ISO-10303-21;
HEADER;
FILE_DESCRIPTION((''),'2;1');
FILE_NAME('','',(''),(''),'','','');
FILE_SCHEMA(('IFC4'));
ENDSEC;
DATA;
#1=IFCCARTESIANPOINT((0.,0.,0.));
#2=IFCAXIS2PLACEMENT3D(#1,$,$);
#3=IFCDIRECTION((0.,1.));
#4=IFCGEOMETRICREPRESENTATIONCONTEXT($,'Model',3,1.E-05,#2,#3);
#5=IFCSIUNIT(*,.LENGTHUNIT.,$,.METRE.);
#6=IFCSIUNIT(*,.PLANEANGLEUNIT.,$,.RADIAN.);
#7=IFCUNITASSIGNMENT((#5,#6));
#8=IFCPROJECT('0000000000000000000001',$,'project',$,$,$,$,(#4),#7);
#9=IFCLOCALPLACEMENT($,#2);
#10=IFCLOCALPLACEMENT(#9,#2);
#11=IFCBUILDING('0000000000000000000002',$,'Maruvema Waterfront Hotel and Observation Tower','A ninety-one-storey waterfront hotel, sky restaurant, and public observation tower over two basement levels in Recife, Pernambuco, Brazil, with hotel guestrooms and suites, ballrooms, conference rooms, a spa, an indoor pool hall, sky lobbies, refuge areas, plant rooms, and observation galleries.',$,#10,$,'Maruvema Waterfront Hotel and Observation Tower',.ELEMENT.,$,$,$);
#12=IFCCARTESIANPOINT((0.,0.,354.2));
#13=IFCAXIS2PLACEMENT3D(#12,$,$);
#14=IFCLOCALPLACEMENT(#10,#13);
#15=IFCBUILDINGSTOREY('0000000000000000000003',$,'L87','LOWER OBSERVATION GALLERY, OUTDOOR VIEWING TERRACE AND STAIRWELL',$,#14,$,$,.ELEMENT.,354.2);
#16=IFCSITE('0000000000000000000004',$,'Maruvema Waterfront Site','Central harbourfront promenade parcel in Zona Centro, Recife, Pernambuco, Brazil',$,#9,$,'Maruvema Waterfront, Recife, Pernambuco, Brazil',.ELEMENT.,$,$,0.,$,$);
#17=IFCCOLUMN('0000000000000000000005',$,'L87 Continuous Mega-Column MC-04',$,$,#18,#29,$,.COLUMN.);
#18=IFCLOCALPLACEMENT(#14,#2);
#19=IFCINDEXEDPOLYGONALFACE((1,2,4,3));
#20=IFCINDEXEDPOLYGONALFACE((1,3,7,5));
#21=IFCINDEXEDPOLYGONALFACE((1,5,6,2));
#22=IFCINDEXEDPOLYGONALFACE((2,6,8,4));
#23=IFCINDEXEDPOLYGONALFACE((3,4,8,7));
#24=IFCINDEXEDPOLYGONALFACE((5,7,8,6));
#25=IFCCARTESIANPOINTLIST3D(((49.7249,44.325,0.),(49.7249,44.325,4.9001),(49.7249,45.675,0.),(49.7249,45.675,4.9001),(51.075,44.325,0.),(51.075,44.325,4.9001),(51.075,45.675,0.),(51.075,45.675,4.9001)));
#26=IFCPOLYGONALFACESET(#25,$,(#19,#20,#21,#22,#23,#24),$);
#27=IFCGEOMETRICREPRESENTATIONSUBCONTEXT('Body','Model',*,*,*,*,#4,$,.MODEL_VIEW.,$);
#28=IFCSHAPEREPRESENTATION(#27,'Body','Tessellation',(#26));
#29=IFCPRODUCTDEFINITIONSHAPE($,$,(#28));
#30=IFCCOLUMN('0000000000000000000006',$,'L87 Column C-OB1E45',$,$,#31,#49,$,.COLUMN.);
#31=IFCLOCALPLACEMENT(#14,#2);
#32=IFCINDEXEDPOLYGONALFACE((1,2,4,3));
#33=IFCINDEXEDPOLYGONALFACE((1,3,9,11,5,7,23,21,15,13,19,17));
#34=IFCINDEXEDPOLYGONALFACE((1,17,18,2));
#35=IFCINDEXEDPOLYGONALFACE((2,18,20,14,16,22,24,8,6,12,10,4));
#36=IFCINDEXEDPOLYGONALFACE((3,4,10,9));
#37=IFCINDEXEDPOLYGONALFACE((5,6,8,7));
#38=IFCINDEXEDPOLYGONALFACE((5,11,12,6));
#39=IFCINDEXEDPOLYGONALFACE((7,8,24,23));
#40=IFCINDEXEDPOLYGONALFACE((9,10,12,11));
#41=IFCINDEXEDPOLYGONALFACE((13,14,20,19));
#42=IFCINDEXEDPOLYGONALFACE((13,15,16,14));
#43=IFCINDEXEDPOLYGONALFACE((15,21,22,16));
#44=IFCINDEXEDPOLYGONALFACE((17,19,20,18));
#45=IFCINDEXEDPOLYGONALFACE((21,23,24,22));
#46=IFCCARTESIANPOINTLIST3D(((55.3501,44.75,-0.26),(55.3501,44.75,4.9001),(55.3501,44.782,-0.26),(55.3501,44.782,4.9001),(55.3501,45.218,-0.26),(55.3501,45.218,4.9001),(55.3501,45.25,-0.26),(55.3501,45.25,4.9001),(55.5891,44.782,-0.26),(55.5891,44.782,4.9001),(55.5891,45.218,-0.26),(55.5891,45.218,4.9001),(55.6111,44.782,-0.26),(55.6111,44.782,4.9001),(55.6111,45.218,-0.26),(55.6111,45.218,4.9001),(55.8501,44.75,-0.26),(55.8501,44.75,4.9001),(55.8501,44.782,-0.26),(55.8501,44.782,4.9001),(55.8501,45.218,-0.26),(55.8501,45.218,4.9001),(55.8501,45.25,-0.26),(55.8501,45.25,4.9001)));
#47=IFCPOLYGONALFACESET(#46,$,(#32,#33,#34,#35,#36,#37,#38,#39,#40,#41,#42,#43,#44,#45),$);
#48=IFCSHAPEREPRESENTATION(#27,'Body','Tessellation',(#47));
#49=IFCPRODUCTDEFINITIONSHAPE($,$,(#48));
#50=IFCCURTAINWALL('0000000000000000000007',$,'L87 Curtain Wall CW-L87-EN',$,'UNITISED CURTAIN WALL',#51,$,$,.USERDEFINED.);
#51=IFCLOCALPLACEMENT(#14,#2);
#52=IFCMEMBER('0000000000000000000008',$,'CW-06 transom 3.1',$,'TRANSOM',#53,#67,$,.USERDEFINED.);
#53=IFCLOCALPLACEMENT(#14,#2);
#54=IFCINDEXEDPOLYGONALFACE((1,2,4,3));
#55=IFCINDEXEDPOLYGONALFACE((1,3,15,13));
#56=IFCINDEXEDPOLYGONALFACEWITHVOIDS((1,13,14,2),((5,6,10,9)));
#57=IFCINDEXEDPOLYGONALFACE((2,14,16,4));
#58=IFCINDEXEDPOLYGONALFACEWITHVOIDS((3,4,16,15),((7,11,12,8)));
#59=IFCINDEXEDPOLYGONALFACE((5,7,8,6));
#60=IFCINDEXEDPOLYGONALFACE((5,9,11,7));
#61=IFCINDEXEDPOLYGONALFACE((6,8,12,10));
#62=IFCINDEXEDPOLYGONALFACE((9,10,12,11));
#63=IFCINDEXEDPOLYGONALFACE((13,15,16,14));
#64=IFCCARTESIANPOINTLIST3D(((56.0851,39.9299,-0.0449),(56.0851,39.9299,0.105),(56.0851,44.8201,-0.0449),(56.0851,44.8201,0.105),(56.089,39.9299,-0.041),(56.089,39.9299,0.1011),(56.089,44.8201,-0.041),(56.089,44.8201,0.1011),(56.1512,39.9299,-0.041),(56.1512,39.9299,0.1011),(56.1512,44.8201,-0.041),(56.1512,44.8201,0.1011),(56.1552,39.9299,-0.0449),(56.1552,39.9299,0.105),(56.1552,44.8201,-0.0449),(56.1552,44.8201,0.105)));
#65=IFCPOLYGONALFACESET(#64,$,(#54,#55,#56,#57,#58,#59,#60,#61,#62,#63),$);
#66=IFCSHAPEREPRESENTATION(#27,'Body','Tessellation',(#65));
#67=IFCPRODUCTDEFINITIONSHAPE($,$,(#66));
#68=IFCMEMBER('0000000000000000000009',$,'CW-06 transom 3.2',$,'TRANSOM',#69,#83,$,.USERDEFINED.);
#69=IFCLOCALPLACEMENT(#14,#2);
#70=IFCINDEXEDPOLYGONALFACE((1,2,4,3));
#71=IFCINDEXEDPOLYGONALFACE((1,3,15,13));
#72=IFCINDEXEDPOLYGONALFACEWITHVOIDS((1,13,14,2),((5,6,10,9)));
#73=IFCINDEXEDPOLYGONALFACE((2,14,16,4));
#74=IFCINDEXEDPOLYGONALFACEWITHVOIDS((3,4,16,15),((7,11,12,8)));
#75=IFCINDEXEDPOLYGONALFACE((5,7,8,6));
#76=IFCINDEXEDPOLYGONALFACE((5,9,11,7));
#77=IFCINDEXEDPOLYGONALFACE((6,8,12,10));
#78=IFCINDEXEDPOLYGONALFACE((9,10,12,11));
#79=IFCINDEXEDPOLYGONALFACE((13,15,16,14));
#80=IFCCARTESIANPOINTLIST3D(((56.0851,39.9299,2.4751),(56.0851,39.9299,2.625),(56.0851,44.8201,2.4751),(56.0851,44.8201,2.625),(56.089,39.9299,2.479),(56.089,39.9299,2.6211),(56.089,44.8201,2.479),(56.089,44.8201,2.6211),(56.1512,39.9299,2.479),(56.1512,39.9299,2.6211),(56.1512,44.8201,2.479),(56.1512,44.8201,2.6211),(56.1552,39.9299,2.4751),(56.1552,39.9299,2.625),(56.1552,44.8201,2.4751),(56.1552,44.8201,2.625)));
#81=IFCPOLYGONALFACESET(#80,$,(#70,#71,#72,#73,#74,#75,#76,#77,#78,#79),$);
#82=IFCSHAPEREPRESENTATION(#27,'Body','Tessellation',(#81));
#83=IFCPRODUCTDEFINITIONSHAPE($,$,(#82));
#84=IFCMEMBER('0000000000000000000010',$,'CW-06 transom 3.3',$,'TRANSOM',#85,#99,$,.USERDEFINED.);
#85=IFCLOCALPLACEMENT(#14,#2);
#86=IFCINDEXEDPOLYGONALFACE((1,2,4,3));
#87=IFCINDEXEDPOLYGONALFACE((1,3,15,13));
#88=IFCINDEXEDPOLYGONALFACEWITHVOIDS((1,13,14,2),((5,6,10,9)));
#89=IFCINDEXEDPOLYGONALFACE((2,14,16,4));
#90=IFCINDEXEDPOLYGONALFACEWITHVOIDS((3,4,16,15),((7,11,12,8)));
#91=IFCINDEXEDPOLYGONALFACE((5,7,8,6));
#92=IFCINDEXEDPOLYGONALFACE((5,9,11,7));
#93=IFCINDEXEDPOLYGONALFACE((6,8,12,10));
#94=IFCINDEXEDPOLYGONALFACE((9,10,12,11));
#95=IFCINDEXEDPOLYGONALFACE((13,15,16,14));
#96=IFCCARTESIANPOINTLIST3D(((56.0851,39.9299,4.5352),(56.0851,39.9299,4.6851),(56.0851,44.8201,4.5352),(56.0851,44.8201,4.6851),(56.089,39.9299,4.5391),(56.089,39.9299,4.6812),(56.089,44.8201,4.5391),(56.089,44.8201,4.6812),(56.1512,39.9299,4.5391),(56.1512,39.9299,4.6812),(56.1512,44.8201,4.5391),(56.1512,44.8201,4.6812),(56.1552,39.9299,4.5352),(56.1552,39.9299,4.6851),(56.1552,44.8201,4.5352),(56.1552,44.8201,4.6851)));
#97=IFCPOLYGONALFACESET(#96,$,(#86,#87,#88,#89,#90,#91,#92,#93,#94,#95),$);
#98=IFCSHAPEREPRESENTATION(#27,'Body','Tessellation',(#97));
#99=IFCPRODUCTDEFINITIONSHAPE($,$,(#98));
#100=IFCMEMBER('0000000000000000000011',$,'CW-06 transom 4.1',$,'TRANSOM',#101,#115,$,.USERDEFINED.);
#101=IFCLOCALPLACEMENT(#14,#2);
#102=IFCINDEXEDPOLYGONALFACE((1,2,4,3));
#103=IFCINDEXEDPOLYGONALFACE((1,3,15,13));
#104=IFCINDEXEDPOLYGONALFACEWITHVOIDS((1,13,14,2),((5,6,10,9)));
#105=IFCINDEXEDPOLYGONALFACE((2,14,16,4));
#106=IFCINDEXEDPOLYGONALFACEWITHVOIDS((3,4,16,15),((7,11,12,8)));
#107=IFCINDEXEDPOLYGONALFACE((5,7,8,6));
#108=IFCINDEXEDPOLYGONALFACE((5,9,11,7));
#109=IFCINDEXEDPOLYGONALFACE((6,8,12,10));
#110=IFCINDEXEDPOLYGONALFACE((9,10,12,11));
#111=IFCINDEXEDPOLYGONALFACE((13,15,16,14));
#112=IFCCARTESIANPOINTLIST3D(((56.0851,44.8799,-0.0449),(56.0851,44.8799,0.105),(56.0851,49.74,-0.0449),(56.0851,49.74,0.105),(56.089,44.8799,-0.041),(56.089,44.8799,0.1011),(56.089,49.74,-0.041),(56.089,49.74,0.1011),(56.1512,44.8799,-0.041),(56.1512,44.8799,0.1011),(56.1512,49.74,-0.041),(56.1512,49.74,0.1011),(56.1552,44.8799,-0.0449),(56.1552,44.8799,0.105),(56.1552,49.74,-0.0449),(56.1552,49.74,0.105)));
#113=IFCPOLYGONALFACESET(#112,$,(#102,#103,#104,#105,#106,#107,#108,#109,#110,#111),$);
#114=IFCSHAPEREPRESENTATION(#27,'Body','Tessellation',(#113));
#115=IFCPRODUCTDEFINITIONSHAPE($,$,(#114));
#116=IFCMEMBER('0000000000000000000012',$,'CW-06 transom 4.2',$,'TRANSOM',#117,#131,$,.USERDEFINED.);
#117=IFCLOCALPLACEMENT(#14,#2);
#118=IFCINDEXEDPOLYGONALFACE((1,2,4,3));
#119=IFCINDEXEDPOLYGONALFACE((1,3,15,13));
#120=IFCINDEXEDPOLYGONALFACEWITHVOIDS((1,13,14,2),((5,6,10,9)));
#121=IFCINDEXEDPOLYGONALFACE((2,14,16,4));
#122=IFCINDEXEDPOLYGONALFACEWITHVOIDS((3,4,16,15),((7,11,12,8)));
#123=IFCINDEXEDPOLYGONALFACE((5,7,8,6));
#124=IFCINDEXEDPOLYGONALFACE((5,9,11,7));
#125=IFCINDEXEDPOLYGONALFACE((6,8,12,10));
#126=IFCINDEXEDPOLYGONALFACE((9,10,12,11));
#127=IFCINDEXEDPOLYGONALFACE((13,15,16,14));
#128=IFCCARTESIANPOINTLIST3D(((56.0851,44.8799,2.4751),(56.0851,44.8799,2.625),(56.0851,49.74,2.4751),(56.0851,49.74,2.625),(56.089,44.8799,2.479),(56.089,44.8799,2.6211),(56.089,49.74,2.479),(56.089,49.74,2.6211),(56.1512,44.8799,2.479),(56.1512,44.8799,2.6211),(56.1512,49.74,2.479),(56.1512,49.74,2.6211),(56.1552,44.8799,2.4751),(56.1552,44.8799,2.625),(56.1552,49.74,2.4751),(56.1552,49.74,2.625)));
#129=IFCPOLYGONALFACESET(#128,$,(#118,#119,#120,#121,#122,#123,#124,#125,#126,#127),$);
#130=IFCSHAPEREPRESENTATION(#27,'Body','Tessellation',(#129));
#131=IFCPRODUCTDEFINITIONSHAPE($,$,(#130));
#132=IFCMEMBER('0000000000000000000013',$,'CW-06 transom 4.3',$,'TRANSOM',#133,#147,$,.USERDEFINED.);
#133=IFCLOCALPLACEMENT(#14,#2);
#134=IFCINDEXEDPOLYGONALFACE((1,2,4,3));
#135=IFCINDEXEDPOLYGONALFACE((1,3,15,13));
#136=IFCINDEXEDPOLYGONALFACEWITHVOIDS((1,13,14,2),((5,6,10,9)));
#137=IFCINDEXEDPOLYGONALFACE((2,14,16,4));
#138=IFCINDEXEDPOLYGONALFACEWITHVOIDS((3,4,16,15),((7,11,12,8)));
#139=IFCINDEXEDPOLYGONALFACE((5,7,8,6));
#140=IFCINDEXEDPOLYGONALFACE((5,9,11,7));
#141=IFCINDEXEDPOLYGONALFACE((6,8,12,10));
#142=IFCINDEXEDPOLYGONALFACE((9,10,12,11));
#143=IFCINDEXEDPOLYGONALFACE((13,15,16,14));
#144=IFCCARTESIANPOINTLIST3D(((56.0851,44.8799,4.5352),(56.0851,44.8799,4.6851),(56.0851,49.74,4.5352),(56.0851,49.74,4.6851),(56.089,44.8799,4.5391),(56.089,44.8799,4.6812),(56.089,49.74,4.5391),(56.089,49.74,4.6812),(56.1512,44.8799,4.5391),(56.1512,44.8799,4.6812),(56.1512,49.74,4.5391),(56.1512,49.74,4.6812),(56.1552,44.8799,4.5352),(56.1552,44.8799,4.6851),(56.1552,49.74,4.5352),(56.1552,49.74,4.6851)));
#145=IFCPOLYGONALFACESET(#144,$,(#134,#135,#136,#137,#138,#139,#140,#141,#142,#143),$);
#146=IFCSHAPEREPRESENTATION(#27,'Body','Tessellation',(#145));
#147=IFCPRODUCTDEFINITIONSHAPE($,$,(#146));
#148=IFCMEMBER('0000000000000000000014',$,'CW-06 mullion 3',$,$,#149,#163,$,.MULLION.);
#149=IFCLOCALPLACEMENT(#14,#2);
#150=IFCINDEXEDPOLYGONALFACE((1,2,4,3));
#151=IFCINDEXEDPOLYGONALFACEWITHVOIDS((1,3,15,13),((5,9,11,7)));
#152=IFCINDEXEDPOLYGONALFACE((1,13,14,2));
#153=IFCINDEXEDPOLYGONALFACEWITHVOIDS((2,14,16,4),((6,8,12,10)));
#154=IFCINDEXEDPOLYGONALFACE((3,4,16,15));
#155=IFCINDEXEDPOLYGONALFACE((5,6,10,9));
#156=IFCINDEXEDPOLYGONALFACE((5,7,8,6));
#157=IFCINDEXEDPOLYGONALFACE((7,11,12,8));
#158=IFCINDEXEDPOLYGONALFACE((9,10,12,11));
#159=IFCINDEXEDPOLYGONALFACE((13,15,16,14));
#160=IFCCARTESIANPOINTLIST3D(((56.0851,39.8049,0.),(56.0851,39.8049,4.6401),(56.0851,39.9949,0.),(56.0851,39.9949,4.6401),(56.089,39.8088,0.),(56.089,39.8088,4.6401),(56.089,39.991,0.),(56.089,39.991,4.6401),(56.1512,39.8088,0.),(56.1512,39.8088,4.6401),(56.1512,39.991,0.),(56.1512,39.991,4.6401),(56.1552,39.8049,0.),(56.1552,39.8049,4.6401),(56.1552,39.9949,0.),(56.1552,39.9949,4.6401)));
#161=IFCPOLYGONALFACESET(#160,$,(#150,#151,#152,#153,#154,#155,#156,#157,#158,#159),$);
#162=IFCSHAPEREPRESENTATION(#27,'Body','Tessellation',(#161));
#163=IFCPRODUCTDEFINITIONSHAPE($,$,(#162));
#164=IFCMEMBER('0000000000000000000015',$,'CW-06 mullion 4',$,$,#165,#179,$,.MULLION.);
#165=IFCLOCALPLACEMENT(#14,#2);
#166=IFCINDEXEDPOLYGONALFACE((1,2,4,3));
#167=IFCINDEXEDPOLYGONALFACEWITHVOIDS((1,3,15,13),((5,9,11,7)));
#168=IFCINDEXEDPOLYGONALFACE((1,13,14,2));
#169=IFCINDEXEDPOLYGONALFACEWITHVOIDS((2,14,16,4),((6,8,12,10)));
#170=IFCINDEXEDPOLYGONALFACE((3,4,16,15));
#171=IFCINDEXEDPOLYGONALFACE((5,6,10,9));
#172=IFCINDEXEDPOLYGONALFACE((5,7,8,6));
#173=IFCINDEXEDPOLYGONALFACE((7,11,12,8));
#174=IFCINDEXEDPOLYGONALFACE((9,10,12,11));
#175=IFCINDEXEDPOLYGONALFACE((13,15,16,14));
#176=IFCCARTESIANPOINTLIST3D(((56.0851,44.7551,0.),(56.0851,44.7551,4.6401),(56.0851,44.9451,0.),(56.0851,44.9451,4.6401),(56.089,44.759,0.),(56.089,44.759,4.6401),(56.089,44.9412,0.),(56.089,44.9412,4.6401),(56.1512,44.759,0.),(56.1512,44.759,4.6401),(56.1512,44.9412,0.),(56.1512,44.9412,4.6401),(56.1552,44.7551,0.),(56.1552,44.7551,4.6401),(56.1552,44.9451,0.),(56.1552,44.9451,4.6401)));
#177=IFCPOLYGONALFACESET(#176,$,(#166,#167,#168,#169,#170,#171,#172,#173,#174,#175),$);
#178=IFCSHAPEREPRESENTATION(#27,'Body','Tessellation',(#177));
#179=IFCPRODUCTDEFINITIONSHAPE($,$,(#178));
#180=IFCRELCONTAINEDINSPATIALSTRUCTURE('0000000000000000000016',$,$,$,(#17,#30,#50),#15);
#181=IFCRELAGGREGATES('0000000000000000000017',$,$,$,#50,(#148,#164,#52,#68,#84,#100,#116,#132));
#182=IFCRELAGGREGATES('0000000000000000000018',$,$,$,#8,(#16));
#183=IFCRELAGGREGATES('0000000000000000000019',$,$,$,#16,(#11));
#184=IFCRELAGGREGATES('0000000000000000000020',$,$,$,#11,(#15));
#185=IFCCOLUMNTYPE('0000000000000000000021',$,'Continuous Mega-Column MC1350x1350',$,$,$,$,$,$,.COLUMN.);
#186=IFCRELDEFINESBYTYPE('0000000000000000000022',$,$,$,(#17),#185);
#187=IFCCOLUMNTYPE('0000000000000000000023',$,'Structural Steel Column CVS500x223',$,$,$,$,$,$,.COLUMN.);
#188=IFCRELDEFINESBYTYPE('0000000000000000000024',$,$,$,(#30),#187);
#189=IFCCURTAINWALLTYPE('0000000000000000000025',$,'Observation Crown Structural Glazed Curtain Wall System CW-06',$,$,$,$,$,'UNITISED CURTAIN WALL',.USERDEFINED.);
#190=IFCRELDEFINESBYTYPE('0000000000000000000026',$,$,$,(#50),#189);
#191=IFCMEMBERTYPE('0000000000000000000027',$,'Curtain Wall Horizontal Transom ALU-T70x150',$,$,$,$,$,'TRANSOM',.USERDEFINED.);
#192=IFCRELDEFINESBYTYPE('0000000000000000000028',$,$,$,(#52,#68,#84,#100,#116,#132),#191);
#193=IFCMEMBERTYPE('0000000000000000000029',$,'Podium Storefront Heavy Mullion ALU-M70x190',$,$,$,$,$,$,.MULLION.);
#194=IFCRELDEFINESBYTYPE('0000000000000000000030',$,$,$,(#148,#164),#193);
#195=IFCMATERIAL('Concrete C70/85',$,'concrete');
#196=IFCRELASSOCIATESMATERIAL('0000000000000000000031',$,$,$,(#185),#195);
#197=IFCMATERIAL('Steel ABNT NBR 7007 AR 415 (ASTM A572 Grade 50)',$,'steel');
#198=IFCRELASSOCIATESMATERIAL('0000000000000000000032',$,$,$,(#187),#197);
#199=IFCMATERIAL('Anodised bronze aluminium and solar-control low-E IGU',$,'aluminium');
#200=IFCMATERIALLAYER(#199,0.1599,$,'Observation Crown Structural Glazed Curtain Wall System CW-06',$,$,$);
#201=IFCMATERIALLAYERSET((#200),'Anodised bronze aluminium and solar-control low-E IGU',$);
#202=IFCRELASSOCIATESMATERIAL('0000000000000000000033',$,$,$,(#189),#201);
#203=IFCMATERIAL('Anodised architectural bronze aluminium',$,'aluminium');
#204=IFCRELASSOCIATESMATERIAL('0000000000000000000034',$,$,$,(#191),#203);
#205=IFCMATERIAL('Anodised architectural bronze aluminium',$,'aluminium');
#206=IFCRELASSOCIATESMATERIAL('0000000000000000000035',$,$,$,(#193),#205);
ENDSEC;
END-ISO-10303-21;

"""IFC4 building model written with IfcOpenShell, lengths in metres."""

from ifc_helpers import new_model, si_unit, direction, frame, origin, origin_2d, place, context, subcontext, project, spatial, rectangle, hollow_rectangle, i_section, extrude, material, layer, layer_set, material_profile, profile_set, type_object, element, aggregate, save


model = new_model("IFC4")

# Units and contexts
model_context = context("Model", 3, precision=1e-05, world=origin(), true_north=direction((0.0, 1.0)))
body_context = subcontext(model_context, "Body", "Model", "MODEL_VIEW")
ifc_project = project(units=[si_unit("LENGTHUNIT", "METRE"), si_unit("PLANEANGLEUNIT", "RADIAN")], contexts=[model_context])

# Site, building, storey
site_placement = place(None, origin())
site = spatial("IfcSite", under=ifc_project, at=site_placement, Name="Maruvema Waterfront Site", Description="Central harbourfront promenade parcel in Zona Centro, Recife, Pernambuco, Brazil", LongName="Maruvema Waterfront, Recife, Pernambuco, Brazil", CompositionType="ELEMENT", RefElevation=0.0)
building_placement = place(site_placement, origin())
building = spatial("IfcBuilding", under=site, at=building_placement, Name="Maruvema Waterfront Hotel and Observation Tower", Description="A ninety-one-storey waterfront hotel, sky restaurant, and public observation tower over two basement levels in Recife, Pernambuco, Brazil, with hotel guestrooms and suites, ballrooms, conference rooms, a spa, an indoor pool hall, sky lobbies, refuge areas, plant rooms, and observation galleries.", LongName="Maruvema Waterfront Hotel and Observation Tower", CompositionType="ELEMENT")
storey_placement = place(building_placement, frame((0.0, 0.0, 354.2)))
storey = spatial("IfcBuildingStorey", under=building, at=storey_placement, Name="L87", Description="LOWER OBSERVATION GALLERY, OUTDOOR VIEWING TERRACE AND STAIRWELL", CompositionType="ELEMENT", Elevation=354.2)

# Columns
ifc_material_1 = material(Name="Concrete C70/85", Category="concrete")
ifc_material_profile_1 = material_profile(ifc_material_1, rectangle(XDim=1.3501, YDim=1.3501, at=origin_2d()), Name="MC1350x1350")
ifc_profile_set_1 = profile_set([ifc_material_profile_1], Name="Concrete C70/85")
column_type_1 = type_object("IfcColumnType", Name="Continuous Mega-Column MC1350x1350", PredefinedType="COLUMN", material=ifc_profile_set_1)
column_1_placement = place(storey_placement, frame((50.3999, 45.0, 0.0), z_axis=(0.0, 0.0, 1.0), x_axis=(1.0, 0.0, 0.0)))
element("IfcColumn", 1, at=column_1_placement, inside=storey, type_object=column_type_1, Name="L87 Continuous Mega-Column MC-04", PredefinedType="COLUMN", context=body_context, shape_type="SweptSolid", body=[
    extrude(rectangle(XDim=1.3501, YDim=1.3501, at=origin_2d()), origin(), (0.0, 0.0, 1.0), 4.9001),
])
ifc_material_2 = material(Name="Steel ABNT NBR 7007 AR 415 (ASTM A572 Grade 50)", Category="steel")
ifc_material_profile_2 = material_profile(ifc_material_2, i_section(OverallWidth=0.5, OverallDepth=0.5, WebThickness=0.022, FlangeThickness=0.032, at=origin_2d()), Name="CVS500x223")
ifc_profile_set_2 = profile_set([ifc_material_profile_2], Name="Steel ABNT NBR 7007 AR 415 (ASTM A572 Grade 50)")
column_type_2 = type_object("IfcColumnType", Name="Structural Steel Column CVS500x223", PredefinedType="COLUMN", material=ifc_profile_set_2)
column_2_placement = place(storey_placement, frame((55.6001, 45.0, -0.26), z_axis=(0.0, 0.0, 1.0), x_axis=(1.0, 0.0, 0.0)))
element("IfcColumn", 2, at=column_2_placement, inside=storey, type_object=column_type_2, Name="L87 Column C-OB1E45", PredefinedType="COLUMN", context=body_context, shape_type="SweptSolid", body=[
    extrude(i_section(OverallWidth=0.5, OverallDepth=0.5, WebThickness=0.022, FlangeThickness=0.032, at=origin_2d()), origin(), (0.0, 0.0, 1.0), 5.1602),
])

# Curtain wall, members
ifc_material_3 = material(Name="Anodised bronze aluminium and solar-control low-E IGU", Category="aluminium")
ifc_layer_1 = layer(ifc_material_3, 0.1599, Name="Observation Crown Structural Glazed Curtain Wall System CW-06")
ifc_layer_set_1 = layer_set([ifc_layer_1], Name="Anodised bronze aluminium and solar-control low-E IGU")
curtain_wall_type = type_object("IfcCurtainWallType", Name="Observation Crown Structural Glazed Curtain Wall System CW-06", ElementType="UNITISED CURTAIN WALL", PredefinedType="USERDEFINED", material=ifc_layer_set_1)
curtain_wall_placement = place(storey_placement, origin())
curtain_wall = element("IfcCurtainWall", 3, at=curtain_wall_placement, inside=storey, type_object=curtain_wall_type, Name="L87 Curtain Wall CW-L87-EN", ObjectType="UNITISED CURTAIN WALL", PredefinedType="USERDEFINED")
ifc_material_4 = material(Name="Anodised architectural bronze aluminium", Category="aluminium")
ifc_material_profile_3 = material_profile(ifc_material_4, hollow_rectangle(XDim=0.0701, YDim=0.1499, WallThickness=0.0039, at=origin_2d()), Name="ALU-T70x150")
ifc_profile_set_3 = profile_set([ifc_material_profile_3], Name="Anodised architectural bronze aluminium")
member_type_1 = type_object("IfcMemberType", Name="Curtain Wall Horizontal Transom ALU-T70x150", ElementType="TRANSOM", PredefinedType="USERDEFINED", material=ifc_profile_set_3)
member_1_placement = place(storey_placement, frame((56.1201, 39.9299, 0.03), z_axis=(0.0, 1.0, 0.0), x_axis=(-1.0, 0.0, 0.0)))
member_1 = element("IfcMember", 4, at=member_1_placement, type_object=member_type_1, Name="CW-06 transom 3.1", ObjectType="TRANSOM", PredefinedType="USERDEFINED", context=body_context, shape_type="SweptSolid", body=[
    extrude(hollow_rectangle(XDim=0.0701, YDim=0.1499, WallThickness=0.0039, at=origin_2d()), origin(), (0.0, 0.0, 1.0), 4.8901),
])
member_2_placement = place(storey_placement, frame((56.1201, 39.9299, 2.55), z_axis=(0.0, 1.0, 0.0), x_axis=(-1.0, 0.0, 0.0)))
member_2 = element("IfcMember", 5, at=member_2_placement, type_object=member_type_1, Name="CW-06 transom 3.2", ObjectType="TRANSOM", PredefinedType="USERDEFINED", context=body_context, shape_type="SweptSolid", body=[
    extrude(hollow_rectangle(XDim=0.0701, YDim=0.1499, WallThickness=0.0039, at=origin_2d()), origin(), (0.0, 0.0, 1.0), 4.8901),
])
member_3_placement = place(storey_placement, frame((56.1201, 39.9299, 4.6101), z_axis=(0.0, 1.0, 0.0), x_axis=(-1.0, 0.0, 0.0)))
member_3 = element("IfcMember", 6, at=member_3_placement, type_object=member_type_1, Name="CW-06 transom 3.3", ObjectType="TRANSOM", PredefinedType="USERDEFINED", context=body_context, shape_type="SweptSolid", body=[
    extrude(hollow_rectangle(XDim=0.0701, YDim=0.1499, WallThickness=0.0039, at=origin_2d()), origin(), (0.0, 0.0, 1.0), 4.8901),
])
member_4_placement = place(storey_placement, frame((56.1201, 44.8799, 0.03), z_axis=(0.0, 1.0, 0.0), x_axis=(-1.0, 0.0, 0.0)))
member_4 = element("IfcMember", 7, at=member_4_placement, type_object=member_type_1, Name="CW-06 transom 4.1", ObjectType="TRANSOM", PredefinedType="USERDEFINED", context=body_context, shape_type="SweptSolid", body=[
    extrude(hollow_rectangle(XDim=0.0701, YDim=0.1499, WallThickness=0.0039, at=origin_2d()), origin(), (0.0, 0.0, 1.0), 4.8601),
])
member_5_placement = place(storey_placement, frame((56.1201, 44.8799, 2.55), z_axis=(0.0, 1.0, 0.0), x_axis=(-1.0, 0.0, 0.0)))
member_5 = element("IfcMember", 8, at=member_5_placement, type_object=member_type_1, Name="CW-06 transom 4.2", ObjectType="TRANSOM", PredefinedType="USERDEFINED", context=body_context, shape_type="SweptSolid", body=[
    extrude(hollow_rectangle(XDim=0.0701, YDim=0.1499, WallThickness=0.0039, at=origin_2d()), origin(), (0.0, 0.0, 1.0), 4.8601),
])
member_6_placement = place(storey_placement, frame((56.1201, 44.8799, 4.6101), z_axis=(0.0, 1.0, 0.0), x_axis=(-1.0, 0.0, 0.0)))
member_6 = element("IfcMember", 9, at=member_6_placement, type_object=member_type_1, Name="CW-06 transom 4.3", ObjectType="TRANSOM", PredefinedType="USERDEFINED", context=body_context, shape_type="SweptSolid", body=[
    extrude(hollow_rectangle(XDim=0.0701, YDim=0.1499, WallThickness=0.0039, at=origin_2d()), origin(), (0.0, 0.0, 1.0), 4.8601),
])
ifc_material_5 = material(Name="Anodised architectural bronze aluminium", Category="aluminium")
ifc_material_profile_4 = material_profile(ifc_material_5, hollow_rectangle(XDim=0.0701, YDim=0.1899, WallThickness=0.0039, at=origin_2d()), Name="ALU-M70x190")
ifc_profile_set_4 = profile_set([ifc_material_profile_4], Name="Anodised architectural bronze aluminium")
member_type_2 = type_object("IfcMemberType", Name="Podium Storefront Heavy Mullion ALU-M70x190", PredefinedType="MULLION", material=ifc_profile_set_4)
member_7_placement = place(storey_placement, frame((56.1201, 39.8999, 0.0), z_axis=(0.0, 0.0, 1.0), x_axis=(-1.0, 0.0, 0.0)))
member_7 = element("IfcMember", 10, at=member_7_placement, type_object=member_type_2, Name="CW-06 mullion 3", PredefinedType="MULLION", context=body_context, shape_type="SweptSolid", body=[
    extrude(hollow_rectangle(XDim=0.0701, YDim=0.1899, WallThickness=0.0039, at=origin_2d()), origin(), (0.0, 0.0, 1.0), 4.6401),
])
member_8_placement = place(storey_placement, frame((56.1201, 44.8501, 0.0), z_axis=(0.0, 0.0, 1.0), x_axis=(-1.0, 0.0, 0.0)))
member_8 = element("IfcMember", 11, at=member_8_placement, type_object=member_type_2, Name="CW-06 mullion 4", PredefinedType="MULLION", context=body_context, shape_type="SweptSolid", body=[
    extrude(hollow_rectangle(XDim=0.0701, YDim=0.1899, WallThickness=0.0039, at=origin_2d()), origin(), (0.0, 0.0, 1.0), 4.6401),
])

aggregate(curtain_wall, [member_7, member_8, member_1, member_2, member_3, member_4, member_5, member_6])

save(model, "model.ifc")
